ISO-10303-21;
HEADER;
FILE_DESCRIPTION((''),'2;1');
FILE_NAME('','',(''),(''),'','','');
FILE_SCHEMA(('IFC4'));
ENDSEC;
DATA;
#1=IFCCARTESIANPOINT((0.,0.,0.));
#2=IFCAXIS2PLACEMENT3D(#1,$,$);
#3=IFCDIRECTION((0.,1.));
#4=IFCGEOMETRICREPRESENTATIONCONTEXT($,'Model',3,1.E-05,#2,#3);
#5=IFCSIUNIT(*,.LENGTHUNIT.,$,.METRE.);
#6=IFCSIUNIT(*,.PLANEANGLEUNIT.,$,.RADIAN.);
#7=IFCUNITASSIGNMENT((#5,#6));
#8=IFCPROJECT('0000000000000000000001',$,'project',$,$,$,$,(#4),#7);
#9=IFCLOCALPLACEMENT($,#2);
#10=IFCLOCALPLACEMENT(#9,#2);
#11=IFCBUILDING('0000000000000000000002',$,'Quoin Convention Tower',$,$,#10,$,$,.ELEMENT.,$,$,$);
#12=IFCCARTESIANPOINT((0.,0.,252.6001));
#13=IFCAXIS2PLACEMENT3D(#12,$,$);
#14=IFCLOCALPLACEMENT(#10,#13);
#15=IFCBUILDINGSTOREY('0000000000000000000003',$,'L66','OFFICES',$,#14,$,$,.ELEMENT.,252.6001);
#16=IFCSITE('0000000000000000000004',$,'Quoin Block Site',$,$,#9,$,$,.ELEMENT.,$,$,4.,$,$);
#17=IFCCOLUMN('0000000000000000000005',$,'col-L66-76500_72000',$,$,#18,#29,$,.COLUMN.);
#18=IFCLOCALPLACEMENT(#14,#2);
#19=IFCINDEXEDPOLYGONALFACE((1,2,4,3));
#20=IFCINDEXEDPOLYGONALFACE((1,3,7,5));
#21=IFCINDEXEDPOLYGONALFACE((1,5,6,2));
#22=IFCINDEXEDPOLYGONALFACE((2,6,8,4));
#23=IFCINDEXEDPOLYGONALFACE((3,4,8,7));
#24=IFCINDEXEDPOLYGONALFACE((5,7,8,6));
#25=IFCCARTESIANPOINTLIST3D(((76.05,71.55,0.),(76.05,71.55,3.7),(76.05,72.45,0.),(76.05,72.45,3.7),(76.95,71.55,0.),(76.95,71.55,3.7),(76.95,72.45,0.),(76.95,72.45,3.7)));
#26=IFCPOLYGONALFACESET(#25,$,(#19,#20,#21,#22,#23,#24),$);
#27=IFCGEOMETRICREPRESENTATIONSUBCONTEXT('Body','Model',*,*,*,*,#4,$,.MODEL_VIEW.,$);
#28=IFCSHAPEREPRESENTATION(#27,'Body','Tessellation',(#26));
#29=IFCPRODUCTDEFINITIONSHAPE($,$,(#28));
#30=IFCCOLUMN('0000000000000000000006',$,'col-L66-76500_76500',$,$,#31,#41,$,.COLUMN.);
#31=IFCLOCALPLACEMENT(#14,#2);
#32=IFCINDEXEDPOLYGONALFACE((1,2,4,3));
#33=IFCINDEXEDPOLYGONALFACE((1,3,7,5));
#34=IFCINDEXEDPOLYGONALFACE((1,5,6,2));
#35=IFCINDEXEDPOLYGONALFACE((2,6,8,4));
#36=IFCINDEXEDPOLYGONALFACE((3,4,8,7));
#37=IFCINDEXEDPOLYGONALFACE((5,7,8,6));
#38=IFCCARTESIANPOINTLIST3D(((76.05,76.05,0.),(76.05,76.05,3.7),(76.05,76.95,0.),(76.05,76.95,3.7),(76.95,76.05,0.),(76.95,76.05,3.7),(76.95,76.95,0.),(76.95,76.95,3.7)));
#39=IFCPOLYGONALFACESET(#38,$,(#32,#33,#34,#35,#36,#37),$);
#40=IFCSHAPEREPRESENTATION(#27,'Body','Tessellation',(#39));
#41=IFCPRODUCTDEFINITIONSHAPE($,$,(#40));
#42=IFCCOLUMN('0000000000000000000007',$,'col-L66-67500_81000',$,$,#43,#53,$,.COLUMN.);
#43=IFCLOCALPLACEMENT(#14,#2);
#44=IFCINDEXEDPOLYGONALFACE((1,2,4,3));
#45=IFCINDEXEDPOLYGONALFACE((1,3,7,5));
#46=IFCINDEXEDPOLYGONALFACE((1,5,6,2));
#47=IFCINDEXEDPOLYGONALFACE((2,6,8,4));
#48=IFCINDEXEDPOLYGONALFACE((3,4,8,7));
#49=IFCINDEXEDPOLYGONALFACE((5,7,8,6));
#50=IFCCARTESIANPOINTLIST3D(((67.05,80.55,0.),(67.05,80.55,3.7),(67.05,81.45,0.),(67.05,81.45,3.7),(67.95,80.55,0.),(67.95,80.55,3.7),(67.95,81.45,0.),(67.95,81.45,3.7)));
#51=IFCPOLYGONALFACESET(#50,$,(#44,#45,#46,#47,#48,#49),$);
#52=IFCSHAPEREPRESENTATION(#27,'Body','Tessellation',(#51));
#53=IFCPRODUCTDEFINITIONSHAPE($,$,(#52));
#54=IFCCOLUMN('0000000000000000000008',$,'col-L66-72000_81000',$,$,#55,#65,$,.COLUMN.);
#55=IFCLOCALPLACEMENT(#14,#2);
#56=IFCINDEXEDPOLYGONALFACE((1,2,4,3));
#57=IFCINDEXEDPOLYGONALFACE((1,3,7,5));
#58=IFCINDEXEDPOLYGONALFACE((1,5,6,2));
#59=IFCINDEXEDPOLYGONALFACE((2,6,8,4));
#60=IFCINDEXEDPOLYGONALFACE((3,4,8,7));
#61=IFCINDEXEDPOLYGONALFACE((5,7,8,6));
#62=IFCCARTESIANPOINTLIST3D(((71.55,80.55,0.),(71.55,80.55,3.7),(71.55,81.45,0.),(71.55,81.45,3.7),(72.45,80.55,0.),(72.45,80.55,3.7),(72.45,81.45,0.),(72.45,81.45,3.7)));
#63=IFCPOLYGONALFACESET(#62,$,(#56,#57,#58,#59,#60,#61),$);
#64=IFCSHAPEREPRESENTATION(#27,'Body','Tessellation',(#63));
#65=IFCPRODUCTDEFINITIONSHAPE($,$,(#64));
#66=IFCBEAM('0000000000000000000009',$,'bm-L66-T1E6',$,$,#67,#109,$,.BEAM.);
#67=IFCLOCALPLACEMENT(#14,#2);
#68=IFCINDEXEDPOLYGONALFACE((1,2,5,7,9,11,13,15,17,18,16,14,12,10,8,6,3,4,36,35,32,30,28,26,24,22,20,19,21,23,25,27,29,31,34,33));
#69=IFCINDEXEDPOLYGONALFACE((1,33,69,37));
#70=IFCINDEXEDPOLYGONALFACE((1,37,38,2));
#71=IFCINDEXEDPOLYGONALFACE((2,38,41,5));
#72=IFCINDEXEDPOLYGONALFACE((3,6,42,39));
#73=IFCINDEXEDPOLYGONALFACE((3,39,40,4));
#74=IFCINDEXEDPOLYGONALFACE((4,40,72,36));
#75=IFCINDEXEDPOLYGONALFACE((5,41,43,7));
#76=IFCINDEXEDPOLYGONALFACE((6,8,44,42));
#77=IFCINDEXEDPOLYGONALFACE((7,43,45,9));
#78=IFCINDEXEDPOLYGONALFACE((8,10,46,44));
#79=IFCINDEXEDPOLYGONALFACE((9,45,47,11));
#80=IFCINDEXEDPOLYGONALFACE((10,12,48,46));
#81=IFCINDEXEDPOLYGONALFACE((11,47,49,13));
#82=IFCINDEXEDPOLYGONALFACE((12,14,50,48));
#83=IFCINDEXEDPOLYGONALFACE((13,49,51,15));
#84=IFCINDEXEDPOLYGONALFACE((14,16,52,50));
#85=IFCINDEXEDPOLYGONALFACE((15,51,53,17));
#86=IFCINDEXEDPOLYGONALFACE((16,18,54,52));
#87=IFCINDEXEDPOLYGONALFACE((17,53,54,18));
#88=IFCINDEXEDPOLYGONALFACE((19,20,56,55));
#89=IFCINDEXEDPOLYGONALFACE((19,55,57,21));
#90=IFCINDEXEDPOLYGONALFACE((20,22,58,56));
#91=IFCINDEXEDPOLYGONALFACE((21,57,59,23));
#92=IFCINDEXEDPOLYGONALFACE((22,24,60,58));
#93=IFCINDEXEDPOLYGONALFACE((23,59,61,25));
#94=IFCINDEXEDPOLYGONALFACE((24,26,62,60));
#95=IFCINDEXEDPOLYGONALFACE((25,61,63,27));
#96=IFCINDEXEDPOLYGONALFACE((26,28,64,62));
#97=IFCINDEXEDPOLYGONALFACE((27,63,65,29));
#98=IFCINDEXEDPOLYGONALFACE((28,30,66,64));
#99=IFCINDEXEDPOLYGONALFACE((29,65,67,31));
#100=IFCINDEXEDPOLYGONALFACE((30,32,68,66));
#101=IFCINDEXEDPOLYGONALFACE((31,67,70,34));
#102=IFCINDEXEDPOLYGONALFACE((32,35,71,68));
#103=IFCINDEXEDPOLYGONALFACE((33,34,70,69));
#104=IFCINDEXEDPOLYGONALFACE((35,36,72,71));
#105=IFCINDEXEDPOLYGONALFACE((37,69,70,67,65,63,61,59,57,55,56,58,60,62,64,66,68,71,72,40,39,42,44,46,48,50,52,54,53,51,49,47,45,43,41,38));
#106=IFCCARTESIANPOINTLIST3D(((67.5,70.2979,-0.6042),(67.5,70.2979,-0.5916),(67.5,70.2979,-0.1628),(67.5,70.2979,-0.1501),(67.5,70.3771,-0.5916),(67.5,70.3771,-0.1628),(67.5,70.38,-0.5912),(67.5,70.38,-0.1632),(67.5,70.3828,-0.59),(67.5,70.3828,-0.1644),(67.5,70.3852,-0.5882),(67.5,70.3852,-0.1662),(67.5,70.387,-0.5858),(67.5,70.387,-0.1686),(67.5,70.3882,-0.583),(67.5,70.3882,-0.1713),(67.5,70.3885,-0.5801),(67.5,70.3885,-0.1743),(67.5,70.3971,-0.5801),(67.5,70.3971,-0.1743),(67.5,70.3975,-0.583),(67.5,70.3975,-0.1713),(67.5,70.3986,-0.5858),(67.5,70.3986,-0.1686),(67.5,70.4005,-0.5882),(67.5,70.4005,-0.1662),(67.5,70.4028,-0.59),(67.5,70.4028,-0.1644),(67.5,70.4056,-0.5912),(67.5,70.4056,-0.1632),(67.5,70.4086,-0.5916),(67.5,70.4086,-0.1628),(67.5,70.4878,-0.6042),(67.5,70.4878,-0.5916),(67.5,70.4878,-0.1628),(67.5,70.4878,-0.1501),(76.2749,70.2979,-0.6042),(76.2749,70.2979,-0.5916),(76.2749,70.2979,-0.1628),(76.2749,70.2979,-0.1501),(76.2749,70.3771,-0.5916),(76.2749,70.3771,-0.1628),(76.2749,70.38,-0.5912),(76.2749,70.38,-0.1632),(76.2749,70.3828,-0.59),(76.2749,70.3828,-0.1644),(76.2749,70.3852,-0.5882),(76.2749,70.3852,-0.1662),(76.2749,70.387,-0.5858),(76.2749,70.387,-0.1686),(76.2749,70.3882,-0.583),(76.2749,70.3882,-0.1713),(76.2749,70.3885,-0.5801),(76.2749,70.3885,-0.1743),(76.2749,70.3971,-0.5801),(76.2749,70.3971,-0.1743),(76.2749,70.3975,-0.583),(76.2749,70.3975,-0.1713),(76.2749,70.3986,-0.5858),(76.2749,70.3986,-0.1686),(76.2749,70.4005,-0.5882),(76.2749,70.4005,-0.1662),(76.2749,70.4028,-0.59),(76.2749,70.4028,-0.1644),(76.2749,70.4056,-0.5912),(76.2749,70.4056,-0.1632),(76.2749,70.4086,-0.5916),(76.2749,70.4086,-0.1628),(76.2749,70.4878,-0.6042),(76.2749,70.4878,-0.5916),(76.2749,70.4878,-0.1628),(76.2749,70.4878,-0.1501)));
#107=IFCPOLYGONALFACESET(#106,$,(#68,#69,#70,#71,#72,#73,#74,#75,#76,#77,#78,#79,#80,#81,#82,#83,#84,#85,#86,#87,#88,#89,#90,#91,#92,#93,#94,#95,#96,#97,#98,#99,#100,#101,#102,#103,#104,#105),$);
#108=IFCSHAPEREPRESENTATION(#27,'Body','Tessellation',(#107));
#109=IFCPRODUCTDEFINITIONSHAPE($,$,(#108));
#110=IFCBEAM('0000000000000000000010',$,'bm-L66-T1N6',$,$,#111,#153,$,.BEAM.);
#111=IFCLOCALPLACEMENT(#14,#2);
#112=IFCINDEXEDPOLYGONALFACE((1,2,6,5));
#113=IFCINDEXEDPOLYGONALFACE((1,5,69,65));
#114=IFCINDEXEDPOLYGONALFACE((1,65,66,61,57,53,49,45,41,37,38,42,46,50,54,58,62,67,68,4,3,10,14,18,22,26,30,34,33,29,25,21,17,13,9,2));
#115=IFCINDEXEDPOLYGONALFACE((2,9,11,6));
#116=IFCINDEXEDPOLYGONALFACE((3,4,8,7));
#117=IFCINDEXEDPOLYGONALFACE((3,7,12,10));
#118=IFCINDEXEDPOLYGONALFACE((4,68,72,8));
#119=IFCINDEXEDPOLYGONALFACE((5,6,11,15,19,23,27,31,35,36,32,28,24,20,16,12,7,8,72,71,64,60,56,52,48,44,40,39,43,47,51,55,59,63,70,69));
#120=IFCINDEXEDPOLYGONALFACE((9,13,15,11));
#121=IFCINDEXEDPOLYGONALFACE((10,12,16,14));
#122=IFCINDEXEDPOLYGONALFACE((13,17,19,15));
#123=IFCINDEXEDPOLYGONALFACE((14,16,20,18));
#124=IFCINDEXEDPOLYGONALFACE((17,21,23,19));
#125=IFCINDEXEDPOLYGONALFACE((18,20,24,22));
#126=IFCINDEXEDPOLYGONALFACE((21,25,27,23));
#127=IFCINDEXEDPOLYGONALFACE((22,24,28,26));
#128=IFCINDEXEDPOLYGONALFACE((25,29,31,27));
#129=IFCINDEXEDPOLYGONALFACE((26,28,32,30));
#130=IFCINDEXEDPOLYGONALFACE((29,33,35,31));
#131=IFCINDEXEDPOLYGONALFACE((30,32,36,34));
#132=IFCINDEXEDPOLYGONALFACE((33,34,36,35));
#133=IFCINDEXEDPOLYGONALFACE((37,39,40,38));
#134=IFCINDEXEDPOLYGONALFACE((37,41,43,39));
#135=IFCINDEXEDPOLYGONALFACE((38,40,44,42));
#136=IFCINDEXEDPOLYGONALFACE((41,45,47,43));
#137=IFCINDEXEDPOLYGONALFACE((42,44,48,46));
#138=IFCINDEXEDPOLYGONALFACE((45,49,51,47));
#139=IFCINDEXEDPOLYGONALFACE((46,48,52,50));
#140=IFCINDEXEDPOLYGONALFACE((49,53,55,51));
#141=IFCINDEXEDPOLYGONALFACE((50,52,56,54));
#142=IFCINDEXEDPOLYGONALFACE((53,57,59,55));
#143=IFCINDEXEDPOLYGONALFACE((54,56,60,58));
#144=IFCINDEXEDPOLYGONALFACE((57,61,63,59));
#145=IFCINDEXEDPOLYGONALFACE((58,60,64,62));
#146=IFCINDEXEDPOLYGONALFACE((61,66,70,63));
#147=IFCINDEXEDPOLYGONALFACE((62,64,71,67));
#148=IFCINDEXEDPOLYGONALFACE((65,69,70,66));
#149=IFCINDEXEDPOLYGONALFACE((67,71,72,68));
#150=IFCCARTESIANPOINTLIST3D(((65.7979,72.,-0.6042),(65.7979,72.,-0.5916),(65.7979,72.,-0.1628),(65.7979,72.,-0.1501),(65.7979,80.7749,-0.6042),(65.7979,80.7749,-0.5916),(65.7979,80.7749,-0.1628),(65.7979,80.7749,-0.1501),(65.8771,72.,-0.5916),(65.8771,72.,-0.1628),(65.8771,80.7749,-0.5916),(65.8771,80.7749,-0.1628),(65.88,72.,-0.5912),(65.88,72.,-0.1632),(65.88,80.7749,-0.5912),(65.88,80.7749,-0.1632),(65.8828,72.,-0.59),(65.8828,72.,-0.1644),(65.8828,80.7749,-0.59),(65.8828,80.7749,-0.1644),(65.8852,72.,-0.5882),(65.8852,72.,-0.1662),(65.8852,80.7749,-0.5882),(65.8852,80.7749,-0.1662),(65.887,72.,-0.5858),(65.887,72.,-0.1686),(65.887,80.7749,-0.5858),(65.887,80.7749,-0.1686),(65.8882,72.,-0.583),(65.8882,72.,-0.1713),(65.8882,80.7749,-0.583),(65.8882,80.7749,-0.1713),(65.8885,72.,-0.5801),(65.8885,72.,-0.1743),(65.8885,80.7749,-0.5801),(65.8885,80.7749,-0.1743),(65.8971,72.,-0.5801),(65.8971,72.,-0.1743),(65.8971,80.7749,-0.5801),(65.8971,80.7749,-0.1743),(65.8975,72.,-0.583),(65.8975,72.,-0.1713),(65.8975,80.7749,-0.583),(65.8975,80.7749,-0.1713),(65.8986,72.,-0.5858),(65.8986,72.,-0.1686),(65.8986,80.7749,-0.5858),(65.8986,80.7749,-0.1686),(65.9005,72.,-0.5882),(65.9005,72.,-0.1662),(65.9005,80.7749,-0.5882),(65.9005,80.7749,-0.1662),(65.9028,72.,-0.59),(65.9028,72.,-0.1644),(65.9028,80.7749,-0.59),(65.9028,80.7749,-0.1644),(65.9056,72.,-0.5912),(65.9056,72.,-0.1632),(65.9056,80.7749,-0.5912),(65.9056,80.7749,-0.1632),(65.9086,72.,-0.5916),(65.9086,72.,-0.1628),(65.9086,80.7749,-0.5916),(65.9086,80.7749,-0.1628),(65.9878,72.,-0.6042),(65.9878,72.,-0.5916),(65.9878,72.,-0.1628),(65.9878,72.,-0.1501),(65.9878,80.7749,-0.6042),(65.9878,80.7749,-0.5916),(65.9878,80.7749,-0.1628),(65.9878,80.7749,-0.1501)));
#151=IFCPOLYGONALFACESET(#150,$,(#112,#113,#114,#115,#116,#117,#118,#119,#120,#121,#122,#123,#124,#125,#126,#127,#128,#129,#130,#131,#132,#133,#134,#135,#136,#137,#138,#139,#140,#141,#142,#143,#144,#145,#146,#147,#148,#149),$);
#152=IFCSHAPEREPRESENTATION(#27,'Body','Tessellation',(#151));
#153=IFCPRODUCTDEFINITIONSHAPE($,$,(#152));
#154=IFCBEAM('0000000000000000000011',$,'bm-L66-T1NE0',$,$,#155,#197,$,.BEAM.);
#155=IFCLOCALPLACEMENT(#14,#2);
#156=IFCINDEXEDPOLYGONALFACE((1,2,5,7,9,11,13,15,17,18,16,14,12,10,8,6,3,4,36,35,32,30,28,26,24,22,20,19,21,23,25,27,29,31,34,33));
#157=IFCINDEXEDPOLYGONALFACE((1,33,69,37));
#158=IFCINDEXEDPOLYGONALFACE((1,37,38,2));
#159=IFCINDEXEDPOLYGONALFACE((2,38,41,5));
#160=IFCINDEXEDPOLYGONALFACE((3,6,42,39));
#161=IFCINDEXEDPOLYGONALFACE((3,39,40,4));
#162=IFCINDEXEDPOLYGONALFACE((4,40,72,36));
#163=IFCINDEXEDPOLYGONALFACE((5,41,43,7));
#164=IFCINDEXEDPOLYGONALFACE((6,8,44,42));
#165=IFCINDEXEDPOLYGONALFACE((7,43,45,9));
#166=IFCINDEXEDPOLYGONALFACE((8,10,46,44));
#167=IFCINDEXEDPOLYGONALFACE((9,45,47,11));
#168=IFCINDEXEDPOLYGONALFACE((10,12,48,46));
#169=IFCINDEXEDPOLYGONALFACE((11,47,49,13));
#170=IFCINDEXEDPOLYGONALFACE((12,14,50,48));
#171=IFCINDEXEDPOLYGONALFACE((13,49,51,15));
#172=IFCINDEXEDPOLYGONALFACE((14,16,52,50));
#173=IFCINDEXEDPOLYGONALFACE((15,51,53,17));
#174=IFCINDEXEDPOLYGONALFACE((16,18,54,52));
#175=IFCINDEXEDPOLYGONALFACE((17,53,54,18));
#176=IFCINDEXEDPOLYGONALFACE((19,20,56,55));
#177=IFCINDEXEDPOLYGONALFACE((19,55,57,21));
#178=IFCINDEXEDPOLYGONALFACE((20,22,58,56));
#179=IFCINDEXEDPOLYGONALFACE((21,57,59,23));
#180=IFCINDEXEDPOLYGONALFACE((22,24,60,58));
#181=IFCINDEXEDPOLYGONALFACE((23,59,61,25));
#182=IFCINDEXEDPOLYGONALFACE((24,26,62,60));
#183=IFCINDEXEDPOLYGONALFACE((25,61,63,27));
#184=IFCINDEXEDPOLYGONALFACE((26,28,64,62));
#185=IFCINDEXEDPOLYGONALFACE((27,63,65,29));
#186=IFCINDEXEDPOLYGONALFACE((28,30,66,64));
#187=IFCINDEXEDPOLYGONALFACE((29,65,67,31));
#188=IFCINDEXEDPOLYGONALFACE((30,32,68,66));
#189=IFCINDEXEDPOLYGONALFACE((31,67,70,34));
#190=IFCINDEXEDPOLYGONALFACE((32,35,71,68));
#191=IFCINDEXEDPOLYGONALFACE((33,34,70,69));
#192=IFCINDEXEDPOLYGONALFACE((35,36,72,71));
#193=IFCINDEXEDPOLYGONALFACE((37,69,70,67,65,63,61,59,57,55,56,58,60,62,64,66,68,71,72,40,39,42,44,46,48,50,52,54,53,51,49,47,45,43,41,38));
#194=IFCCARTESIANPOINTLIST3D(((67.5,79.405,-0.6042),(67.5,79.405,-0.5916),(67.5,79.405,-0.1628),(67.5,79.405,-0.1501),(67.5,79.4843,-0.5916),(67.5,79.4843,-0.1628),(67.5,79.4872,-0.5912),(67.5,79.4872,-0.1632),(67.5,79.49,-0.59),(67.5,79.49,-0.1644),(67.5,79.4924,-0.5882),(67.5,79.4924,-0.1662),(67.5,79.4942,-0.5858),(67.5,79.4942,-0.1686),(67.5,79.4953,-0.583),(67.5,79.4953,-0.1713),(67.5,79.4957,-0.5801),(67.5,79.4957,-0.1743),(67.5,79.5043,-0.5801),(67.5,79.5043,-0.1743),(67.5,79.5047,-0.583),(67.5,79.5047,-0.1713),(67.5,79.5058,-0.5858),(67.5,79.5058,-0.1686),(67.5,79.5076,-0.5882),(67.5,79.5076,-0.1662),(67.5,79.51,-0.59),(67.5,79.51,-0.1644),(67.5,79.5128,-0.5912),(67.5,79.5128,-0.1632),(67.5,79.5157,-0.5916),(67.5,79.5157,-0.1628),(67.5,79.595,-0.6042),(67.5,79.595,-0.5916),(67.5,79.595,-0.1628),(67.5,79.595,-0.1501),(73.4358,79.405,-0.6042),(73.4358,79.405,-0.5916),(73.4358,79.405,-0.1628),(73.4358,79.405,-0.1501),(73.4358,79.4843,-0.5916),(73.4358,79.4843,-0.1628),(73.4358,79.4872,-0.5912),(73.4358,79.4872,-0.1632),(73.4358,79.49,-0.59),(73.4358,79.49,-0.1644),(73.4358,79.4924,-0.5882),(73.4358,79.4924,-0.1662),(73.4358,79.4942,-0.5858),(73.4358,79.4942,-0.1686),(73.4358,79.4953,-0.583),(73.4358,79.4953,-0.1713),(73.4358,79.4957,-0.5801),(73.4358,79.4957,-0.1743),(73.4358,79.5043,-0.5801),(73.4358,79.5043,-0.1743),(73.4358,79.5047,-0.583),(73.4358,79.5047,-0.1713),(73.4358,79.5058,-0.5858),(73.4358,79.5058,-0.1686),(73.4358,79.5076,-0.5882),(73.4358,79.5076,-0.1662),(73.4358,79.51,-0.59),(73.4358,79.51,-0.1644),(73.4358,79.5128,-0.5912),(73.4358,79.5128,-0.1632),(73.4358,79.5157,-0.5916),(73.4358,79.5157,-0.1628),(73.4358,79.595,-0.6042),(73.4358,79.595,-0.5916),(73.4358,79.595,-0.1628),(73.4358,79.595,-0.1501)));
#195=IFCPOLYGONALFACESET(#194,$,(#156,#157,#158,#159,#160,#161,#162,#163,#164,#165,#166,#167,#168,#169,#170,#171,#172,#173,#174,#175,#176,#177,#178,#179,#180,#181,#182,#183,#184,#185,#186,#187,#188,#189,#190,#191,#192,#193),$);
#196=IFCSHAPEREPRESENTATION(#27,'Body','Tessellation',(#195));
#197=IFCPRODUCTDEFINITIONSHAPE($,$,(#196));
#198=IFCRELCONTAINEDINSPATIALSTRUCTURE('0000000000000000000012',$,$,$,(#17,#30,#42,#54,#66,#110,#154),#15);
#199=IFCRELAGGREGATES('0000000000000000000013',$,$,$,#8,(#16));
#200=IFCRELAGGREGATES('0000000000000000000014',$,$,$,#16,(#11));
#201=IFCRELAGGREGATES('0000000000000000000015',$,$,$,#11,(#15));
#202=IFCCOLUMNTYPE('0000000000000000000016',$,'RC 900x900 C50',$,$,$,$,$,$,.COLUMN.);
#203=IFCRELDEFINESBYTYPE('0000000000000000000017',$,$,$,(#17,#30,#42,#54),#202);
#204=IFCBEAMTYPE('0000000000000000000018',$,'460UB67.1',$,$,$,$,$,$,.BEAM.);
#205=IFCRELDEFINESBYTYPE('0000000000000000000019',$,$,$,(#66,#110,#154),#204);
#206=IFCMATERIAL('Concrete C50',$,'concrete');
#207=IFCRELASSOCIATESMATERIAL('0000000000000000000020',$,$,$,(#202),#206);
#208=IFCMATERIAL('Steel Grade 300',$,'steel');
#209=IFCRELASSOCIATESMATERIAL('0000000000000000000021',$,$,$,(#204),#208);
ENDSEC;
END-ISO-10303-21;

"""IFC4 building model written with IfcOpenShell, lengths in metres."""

from ifc_helpers import new_model, si_unit, direction, frame, origin, origin_2d, place, context, subcontext, project, spatial, rectangle, i_section, extrude, material, material_profile, profile_set, type_object, element, save


model = new_model("IFC4")

# Units and contexts
model_context = context("Model", 3, precision=1e-05, world=origin(), true_north=direction((0.0, 1.0)))
body_context = subcontext(model_context, "Body", "Model", "MODEL_VIEW")
ifc_project = project(units=[si_unit("LENGTHUNIT", "METRE"), si_unit("PLANEANGLEUNIT", "RADIAN")], contexts=[model_context])

# Site, building, storey
site_placement = place(None, origin())
site = spatial("IfcSite", under=ifc_project, at=site_placement, Name="Quoin Block Site", CompositionType="ELEMENT", RefElevation=4.0)
building_placement = place(site_placement, origin())
building = spatial("IfcBuilding", under=site, at=building_placement, Name="Quoin Convention Tower", CompositionType="ELEMENT")
storey_placement = place(building_placement, frame((0.0, 0.0, 252.6001)))
storey = spatial("IfcBuildingStorey", under=building, at=storey_placement, Name="L66", Description="OFFICES", CompositionType="ELEMENT", Elevation=252.6001)

# Columns
ifc_material_1 = material(Name="Concrete C50", Category="concrete")
ifc_material_profile_1 = material_profile(ifc_material_1, rectangle(XDim=0.8999, YDim=0.8999, at=origin_2d()), Name="RC 900x900")
ifc_profile_set_1 = profile_set([ifc_material_profile_1], Name="Concrete C50")
column_type = type_object("IfcColumnType", Name="RC 900x900 C50", PredefinedType="COLUMN", material=ifc_profile_set_1)
for number, where, z_axis, x_axis, name in (
    (1, (76.5, 72.0, 0.0), (0.0, 0.0, 1.0), (1.0, 0.0, 0.0), "col-L66-76500_72000"),
    (2, (76.5, 76.5, 0.0), (0.0, 0.0, 1.0), (1.0, 0.0, 0.0), "col-L66-76500_76500"),
    (3, (67.5, 81.0, 0.0), (0.0, 0.0, 1.0), (1.0, 0.0, 0.0), "col-L66-67500_81000"),
    (4, (72.0, 81.0, 0.0), (0.0, 0.0, 1.0), (1.0, 0.0, 0.0), "col-L66-72000_81000"),
):
    element("IfcColumn", number, at=place(storey_placement, frame(where, z_axis=z_axis, x_axis=x_axis)), inside=storey, type_object=column_type, Name=name, PredefinedType="COLUMN", context=body_context, shape_type="SweptSolid", body=[
        extrude(rectangle(XDim=0.8999, YDim=0.8999, at=origin_2d()), origin(), (0.0, 0.0, 1.0), 3.7),
    ])

# Beams
ifc_material_2 = material(Name="Steel Grade 300", Category="steel")
ifc_material_profile_2 = material_profile(ifc_material_2, i_section(OverallWidth=0.1899, OverallDepth=0.4541, WebThickness=0.0085, FlangeThickness=0.0127, FilletRadius=0.0115, at=origin_2d()), Name="460UB67.1")
ifc_profile_set_2 = profile_set([ifc_material_profile_2], Name="Steel Grade 300")
beam_type_1 = type_object("IfcBeamType", Name="460UB67.1", PredefinedType="BEAM", material=ifc_profile_set_2)
for number, where, z_axis, x_axis, name in (
    (5, (67.5, 70.3928, -0.3772), (1.0, 0.0, 0.0), (0.0, 1.0, 0.0), "bm-L66-T1E6"),
    (6, (65.8928, 72.0, -0.3772), (0.0, 1.0, 0.0), (-1.0, 0.0, 0.0), "bm-L66-T1N6"),
):
    element("IfcBeam", number, at=place(storey_placement, frame(where, z_axis=z_axis, x_axis=x_axis)), inside=storey, type_object=beam_type_1, Name=name, PredefinedType="BEAM", context=body_context, shape_type="SweptSolid", body=[
        extrude(i_section(OverallWidth=0.1899, OverallDepth=0.4541, WebThickness=0.0085, FlangeThickness=0.0127, FilletRadius=0.0115, at=origin_2d()), origin(), (0.0, 0.0, 1.0), 8.7749),
    ])
beam_1_placement = place(storey_placement, frame((67.5, 79.5, -0.3772), z_axis=(1.0, 0.0, 0.0), x_axis=(0.0, 1.0, 0.0)))
element("IfcBeam", 7, at=beam_1_placement, inside=storey, type_object=beam_type_1, Name="bm-L66-T1NE0", PredefinedType="BEAM", context=body_context, shape_type="SweptSolid", body=[
    extrude(i_section(OverallWidth=0.1899, OverallDepth=0.4541, WebThickness=0.0085, FlangeThickness=0.0127, FilletRadius=0.0115, at=origin_2d()), origin(), (0.0, 0.0, 1.0), 5.9358),
])

save(model, "model.ifc")
